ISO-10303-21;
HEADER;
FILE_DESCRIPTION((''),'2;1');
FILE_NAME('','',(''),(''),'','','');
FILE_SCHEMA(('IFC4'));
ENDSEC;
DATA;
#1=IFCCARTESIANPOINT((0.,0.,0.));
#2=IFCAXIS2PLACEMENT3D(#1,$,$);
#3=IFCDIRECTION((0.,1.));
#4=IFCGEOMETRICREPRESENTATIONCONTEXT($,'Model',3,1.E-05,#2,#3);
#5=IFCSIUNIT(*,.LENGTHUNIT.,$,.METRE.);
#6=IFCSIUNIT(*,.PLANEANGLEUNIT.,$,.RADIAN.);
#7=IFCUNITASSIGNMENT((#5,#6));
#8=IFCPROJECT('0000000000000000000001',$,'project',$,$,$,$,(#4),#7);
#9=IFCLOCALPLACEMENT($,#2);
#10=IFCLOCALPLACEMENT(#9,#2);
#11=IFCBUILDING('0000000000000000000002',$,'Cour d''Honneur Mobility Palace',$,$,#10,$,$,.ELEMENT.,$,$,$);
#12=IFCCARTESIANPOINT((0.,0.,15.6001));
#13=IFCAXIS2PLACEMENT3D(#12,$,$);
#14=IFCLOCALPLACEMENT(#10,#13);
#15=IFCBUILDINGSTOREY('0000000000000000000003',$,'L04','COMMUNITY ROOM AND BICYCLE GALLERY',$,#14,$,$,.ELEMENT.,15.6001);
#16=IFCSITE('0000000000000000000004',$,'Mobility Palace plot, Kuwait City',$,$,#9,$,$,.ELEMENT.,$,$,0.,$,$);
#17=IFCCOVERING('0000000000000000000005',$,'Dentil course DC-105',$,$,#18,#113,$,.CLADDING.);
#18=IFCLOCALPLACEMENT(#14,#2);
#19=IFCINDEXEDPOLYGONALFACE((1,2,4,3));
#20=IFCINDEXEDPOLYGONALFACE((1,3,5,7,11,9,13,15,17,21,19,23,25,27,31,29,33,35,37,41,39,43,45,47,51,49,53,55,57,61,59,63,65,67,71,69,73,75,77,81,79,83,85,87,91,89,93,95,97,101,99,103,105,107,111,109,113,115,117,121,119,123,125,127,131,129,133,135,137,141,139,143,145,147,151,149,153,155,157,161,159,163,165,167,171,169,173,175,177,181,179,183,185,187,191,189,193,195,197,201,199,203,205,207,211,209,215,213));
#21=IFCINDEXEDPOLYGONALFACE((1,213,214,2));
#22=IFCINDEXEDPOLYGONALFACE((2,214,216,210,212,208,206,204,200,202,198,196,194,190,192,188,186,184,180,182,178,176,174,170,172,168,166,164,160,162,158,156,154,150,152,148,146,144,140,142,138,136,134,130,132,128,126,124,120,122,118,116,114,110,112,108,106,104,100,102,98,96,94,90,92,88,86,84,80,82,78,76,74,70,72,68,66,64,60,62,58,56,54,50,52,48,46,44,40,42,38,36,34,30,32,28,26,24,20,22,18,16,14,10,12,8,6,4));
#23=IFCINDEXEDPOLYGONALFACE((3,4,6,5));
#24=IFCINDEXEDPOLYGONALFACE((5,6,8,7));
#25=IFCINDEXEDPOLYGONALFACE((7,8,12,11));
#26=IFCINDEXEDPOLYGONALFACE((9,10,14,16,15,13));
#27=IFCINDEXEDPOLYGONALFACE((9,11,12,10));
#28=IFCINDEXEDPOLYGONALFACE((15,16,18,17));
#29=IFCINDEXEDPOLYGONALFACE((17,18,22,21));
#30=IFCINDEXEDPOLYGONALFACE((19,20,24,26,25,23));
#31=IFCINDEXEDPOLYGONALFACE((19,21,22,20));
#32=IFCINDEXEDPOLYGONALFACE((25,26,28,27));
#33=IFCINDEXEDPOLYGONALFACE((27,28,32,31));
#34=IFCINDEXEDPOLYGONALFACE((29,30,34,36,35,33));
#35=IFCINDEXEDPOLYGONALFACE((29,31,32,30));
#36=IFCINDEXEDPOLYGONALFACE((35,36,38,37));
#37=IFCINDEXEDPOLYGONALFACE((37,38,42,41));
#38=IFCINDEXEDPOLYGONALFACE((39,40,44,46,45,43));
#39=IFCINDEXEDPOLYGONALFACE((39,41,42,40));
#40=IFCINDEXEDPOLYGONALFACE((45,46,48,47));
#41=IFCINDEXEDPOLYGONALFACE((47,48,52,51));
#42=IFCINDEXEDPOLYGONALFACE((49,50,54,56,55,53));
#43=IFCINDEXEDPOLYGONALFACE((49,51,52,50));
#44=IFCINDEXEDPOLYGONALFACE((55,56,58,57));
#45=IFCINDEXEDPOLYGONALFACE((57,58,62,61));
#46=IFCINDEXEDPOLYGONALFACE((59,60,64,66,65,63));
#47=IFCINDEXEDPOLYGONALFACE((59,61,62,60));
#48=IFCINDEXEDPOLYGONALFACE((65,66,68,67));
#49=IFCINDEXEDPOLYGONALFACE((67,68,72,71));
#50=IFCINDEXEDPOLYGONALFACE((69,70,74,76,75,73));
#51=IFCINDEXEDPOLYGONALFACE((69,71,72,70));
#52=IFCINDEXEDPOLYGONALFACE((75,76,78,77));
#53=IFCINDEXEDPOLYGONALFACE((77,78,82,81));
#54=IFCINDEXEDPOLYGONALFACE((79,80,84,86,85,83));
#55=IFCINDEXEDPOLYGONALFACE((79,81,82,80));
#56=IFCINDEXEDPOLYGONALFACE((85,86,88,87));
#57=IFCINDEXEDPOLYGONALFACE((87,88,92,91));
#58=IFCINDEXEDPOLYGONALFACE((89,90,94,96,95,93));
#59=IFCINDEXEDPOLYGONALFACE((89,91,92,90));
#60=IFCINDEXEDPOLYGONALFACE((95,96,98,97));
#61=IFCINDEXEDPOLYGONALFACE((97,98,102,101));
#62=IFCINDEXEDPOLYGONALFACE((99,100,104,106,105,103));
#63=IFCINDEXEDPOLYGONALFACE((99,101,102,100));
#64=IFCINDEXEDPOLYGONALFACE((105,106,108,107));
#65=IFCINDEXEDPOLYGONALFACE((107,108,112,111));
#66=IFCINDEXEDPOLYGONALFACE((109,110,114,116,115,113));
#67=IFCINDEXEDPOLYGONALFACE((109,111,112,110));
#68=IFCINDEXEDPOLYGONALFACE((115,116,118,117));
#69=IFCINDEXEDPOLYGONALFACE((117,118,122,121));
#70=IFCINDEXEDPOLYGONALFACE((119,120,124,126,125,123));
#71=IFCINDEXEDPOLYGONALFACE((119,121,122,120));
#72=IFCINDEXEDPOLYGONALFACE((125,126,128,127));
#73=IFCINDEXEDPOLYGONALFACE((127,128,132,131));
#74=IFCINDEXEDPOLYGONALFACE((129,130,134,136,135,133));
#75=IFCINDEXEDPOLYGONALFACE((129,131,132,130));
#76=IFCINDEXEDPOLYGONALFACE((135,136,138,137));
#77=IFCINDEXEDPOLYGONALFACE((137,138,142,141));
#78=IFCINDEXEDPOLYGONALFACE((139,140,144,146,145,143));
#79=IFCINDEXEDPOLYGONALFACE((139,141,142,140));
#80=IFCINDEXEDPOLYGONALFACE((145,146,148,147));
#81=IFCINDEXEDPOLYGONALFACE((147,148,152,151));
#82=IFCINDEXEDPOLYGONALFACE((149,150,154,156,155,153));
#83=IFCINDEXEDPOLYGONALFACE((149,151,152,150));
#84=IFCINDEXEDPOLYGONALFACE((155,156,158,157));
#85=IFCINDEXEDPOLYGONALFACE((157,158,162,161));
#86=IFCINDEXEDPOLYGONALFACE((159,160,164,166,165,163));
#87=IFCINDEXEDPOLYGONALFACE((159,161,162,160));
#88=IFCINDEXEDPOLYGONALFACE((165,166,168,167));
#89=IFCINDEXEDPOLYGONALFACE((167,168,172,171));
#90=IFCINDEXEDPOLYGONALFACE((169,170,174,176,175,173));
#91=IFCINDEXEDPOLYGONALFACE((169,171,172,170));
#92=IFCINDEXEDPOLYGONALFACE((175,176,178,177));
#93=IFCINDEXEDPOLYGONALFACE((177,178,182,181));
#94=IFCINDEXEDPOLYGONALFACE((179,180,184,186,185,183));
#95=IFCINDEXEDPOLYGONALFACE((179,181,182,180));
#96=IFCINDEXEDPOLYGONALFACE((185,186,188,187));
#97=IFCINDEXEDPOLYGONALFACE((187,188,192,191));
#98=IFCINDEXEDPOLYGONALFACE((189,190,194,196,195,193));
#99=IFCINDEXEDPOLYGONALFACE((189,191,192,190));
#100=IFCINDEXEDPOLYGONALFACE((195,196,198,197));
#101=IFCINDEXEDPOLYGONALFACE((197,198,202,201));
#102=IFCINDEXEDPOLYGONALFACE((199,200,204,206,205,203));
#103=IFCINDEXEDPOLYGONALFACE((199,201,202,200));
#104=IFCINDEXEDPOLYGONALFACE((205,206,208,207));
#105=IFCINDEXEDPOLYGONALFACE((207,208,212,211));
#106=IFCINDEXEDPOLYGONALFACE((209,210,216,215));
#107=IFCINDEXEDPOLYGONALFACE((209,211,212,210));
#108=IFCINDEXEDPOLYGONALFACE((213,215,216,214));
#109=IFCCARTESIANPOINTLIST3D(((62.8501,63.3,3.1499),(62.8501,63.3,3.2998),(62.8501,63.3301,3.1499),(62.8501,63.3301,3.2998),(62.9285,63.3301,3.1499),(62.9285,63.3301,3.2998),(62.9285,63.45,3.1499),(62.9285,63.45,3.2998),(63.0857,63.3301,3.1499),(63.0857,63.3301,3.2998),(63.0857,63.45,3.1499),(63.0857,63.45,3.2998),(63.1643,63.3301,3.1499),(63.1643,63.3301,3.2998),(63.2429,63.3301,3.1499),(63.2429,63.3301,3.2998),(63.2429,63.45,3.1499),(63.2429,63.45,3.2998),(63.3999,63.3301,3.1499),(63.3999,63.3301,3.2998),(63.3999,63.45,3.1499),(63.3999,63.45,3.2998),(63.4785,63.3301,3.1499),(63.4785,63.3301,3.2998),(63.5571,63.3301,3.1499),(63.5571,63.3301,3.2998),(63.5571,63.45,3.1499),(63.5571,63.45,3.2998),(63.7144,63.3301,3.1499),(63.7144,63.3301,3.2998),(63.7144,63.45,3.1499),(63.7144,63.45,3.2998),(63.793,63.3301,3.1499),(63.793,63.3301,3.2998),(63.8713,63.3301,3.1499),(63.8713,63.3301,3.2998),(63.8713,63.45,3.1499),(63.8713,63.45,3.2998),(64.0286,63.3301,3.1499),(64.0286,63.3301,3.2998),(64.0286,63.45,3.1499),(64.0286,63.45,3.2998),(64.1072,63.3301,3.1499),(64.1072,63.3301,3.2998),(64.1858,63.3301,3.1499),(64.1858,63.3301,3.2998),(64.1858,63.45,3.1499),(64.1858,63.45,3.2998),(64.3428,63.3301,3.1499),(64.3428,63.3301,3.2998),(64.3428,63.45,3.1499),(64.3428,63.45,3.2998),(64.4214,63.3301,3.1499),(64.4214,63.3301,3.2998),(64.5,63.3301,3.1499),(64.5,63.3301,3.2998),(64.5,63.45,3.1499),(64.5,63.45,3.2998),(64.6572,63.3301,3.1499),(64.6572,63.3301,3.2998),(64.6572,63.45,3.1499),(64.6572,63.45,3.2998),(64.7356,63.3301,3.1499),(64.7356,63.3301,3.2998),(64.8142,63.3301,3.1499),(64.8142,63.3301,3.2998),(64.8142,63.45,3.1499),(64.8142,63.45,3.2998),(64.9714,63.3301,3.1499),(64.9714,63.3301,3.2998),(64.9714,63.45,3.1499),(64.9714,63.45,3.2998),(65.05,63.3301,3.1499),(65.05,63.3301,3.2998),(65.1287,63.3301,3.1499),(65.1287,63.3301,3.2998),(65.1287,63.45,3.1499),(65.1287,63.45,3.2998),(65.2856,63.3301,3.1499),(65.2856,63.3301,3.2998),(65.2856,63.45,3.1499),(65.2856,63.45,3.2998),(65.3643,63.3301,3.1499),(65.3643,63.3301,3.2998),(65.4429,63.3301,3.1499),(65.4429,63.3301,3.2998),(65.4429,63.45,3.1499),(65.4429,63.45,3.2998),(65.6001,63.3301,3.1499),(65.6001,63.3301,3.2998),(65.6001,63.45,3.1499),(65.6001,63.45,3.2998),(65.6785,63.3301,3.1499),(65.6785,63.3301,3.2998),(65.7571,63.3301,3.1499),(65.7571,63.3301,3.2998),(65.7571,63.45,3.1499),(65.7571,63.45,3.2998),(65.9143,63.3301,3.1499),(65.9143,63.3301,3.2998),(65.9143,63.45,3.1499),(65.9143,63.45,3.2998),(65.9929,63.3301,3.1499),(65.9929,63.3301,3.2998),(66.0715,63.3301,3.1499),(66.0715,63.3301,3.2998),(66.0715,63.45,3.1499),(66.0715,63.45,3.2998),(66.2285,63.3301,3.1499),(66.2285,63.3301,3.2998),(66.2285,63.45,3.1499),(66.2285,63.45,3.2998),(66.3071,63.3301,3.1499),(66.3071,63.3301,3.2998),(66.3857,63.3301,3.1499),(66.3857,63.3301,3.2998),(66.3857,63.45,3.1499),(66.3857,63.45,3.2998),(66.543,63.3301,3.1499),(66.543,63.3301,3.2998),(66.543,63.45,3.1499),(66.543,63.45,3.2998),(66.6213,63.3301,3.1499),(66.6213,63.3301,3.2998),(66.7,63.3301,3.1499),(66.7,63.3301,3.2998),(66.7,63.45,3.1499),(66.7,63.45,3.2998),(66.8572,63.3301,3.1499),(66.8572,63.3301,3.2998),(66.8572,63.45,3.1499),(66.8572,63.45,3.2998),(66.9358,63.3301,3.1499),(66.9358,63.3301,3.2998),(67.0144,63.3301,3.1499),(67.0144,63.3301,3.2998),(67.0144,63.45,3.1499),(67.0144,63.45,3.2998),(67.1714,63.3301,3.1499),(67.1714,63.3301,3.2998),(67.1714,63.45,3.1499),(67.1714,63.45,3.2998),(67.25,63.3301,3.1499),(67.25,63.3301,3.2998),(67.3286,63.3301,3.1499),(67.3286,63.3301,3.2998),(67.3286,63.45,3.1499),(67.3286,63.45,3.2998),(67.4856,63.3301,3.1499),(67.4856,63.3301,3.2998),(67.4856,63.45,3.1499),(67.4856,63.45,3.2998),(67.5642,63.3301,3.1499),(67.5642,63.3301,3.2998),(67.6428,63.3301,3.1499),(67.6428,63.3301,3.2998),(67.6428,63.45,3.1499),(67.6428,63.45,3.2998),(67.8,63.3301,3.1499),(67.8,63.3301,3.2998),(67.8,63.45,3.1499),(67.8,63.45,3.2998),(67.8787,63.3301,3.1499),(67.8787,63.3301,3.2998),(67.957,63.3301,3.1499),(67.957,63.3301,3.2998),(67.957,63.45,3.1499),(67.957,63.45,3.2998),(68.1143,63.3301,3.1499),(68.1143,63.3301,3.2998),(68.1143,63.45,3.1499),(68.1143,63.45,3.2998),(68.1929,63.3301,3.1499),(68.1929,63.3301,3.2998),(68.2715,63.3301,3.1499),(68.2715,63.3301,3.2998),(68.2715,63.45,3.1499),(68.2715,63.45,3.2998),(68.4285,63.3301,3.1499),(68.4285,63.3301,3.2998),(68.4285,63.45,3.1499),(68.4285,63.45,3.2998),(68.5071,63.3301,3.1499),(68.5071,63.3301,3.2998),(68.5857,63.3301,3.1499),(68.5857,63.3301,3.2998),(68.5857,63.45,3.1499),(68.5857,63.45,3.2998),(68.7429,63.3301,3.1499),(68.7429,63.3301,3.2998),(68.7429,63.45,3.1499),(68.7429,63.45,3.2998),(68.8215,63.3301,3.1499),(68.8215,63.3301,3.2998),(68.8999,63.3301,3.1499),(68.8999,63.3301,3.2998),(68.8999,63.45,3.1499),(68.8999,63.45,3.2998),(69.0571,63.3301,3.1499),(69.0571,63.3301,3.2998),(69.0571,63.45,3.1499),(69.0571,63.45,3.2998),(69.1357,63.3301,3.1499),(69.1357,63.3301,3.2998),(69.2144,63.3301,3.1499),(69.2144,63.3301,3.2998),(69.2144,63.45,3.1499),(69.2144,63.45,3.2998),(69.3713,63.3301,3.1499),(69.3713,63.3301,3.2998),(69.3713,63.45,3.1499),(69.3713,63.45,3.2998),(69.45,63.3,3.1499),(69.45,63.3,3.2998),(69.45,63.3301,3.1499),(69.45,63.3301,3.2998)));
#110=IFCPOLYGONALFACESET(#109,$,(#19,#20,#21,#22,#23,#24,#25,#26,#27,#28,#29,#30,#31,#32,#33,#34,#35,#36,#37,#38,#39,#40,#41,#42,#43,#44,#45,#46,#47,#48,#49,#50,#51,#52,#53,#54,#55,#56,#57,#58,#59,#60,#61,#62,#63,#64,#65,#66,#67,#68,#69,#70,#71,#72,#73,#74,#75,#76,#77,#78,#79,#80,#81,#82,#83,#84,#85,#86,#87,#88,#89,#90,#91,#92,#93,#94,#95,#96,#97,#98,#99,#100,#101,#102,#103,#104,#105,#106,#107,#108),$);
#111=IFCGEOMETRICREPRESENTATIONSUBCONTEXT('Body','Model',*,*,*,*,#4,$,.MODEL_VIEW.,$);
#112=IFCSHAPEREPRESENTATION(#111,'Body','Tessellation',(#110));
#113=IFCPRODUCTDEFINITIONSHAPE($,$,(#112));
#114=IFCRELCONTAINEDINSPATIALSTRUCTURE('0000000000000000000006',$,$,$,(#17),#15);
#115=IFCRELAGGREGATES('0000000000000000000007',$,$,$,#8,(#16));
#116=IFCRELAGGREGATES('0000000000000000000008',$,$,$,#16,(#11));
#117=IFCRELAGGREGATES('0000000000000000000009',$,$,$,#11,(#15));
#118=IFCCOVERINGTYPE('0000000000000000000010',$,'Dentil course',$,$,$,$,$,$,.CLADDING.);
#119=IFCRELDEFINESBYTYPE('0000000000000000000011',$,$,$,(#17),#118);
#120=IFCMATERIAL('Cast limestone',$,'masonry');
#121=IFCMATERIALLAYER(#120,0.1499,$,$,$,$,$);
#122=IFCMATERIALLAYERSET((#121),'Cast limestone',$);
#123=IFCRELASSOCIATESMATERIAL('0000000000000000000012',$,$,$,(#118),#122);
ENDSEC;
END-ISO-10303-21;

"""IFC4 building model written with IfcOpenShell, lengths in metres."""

from ifc_helpers import new_model, si_unit, direction, frame, origin, place, context, subcontext, project, spatial, polyline, outline, extrude, material, layer, layer_set, type_object, element, save


model = new_model("IFC4")

# Units and contexts
model_context = context("Model", 3, precision=1e-05, world=origin(), true_north=direction((0.0, 1.0)))
body_context = subcontext(model_context, "Body", "Model", "MODEL_VIEW")
ifc_project = project(units=[si_unit("LENGTHUNIT", "METRE"), si_unit("PLANEANGLEUNIT", "RADIAN")], contexts=[model_context])

# Site, building, storey
site_placement = place(None, origin())
site = spatial("IfcSite", under=ifc_project, at=site_placement, Name="Mobility Palace plot, Kuwait City", CompositionType="ELEMENT", RefElevation=0.0)
building_placement = place(site_placement, origin())
building = spatial("IfcBuilding", under=site, at=building_placement, Name="Cour d'Honneur Mobility Palace", CompositionType="ELEMENT")
storey_placement = place(building_placement, frame((0.0, 0.0, 15.6001)))
storey = spatial("IfcBuildingStorey", under=building, at=storey_placement, Name="L04", Description="COMMUNITY ROOM AND BICYCLE GALLERY", CompositionType="ELEMENT", Elevation=15.6001)

# Covering
ifc_material = material(Name="Cast limestone", Category="masonry")
ifc_layer = layer(ifc_material, 0.1499)
ifc_layer_set = layer_set([ifc_layer], Name="Cast limestone")
covering_type = type_object("IfcCoveringType", Name="Dentil course", PredefinedType="CLADDING", material=ifc_layer_set)
covering_1_placement = place(storey_placement, frame((0.0, 0.0, 3.1499)))
element("IfcCovering", 1, at=covering_1_placement, inside=storey, type_object=covering_type, Name="Dentil course DC-105", PredefinedType="CLADDING", context=body_context, shape_type="SweptSolid", body=[
    extrude(outline(polyline([(69.45, 63.3), (62.8501, 63.3), (62.8501, 63.3301), (62.8501, 63.3301), (62.9285, 63.3301), (62.9285, 63.45), (63.0857, 63.45), (63.0857, 63.3301), (63.1643, 63.3301), (63.1643, 63.3301), (63.2429, 63.3301), (63.2429, 63.45), (63.3999, 63.45), (63.3999, 63.3301), (63.4785, 63.3301), (63.4785, 63.3301), (63.5571, 63.3301), (63.5571, 63.45), (63.7144, 63.45), (63.7144, 63.3301), (63.793, 63.3301), (63.793, 63.3301), (63.8713, 63.3301), (63.8713, 63.45), (64.0286, 63.45), (64.0286, 63.3301), (64.1072, 63.3301), (64.1072, 63.3301), (64.1858, 63.3301), (64.1858, 63.45), (64.3428, 63.45), (64.3428, 63.3301), (64.4214, 63.3301), (64.4214, 63.3301), (64.5, 63.3301), (64.5, 63.45), (64.6572, 63.45), (64.6572, 63.3301), (64.7356, 63.3301), (64.7356, 63.3301), (64.8142, 63.3301), (64.8142, 63.45), (64.9714, 63.45), (64.9714, 63.3301), (65.05, 63.3301), (65.05, 63.3301), (65.1287, 63.3301), (65.1287, 63.45), (65.2856, 63.45), (65.2856, 63.3301), (65.3643, 63.3301), (65.3643, 63.3301), (65.4429, 63.3301), (65.4429, 63.45), (65.6001, 63.45), (65.6001, 63.3301), (65.6785, 63.3301), (65.6785, 63.3301), (65.7571, 63.3301), (65.7571, 63.45), (65.9143, 63.45), (65.9143, 63.3301), (65.9929, 63.3301), (65.9929, 63.3301), (66.0715, 63.3301), (66.0715, 63.45), (66.2285, 63.45), (66.2285, 63.3301), (66.3071, 63.3301), (66.3071, 63.3301), (66.3857, 63.3301), (66.3857, 63.45), (66.543, 63.45), (66.543, 63.3301), (66.6213, 63.3301), (66.6213, 63.3301), (66.7, 63.3301), (66.7, 63.45), (66.8572, 63.45), (66.8572, 63.3301), (66.9358, 63.3301), (66.9358, 63.3301), (67.0144, 63.3301), (67.0144, 63.45), (67.1714, 63.45), (67.1714, 63.3301), (67.25, 63.3301), (67.25, 63.3301), (67.3286, 63.3301), (67.3286, 63.45), (67.4856, 63.45), (67.4856, 63.3301), (67.5642, 63.3301), (67.5642, 63.3301), (67.6428, 63.3301), (67.6428, 63.45), (67.8, 63.45), (67.8, 63.3301), (67.8787, 63.3301), (67.8787, 63.3301), (67.957, 63.3301), (67.957, 63.45), (68.1143, 63.45), (68.1143, 63.3301), (68.1929, 63.3301), (68.1929, 63.3301), (68.2715, 63.3301), (68.2715, 63.45), (68.4285, 63.45), (68.4285, 63.3301), (68.5071, 63.3301), (68.5071, 63.3301), (68.5857, 63.3301), (68.5857, 63.45), (68.7429, 63.45), (68.7429, 63.3301), (68.8215, 63.3301), (68.8215, 63.3301), (68.8999, 63.3301), (68.8999, 63.45), (69.0571, 63.45), (69.0571, 63.3301), (69.1357, 63.3301), (69.1357, 63.3301), (69.2144, 63.3301), (69.2144, 63.45), (69.3713, 63.45), (69.3713, 63.3301), (69.45, 63.3301), (69.45, 63.3)])), origin(), (0.0, 0.0, 1.0), 0.1499),
])

save(model, "model.ifc")
